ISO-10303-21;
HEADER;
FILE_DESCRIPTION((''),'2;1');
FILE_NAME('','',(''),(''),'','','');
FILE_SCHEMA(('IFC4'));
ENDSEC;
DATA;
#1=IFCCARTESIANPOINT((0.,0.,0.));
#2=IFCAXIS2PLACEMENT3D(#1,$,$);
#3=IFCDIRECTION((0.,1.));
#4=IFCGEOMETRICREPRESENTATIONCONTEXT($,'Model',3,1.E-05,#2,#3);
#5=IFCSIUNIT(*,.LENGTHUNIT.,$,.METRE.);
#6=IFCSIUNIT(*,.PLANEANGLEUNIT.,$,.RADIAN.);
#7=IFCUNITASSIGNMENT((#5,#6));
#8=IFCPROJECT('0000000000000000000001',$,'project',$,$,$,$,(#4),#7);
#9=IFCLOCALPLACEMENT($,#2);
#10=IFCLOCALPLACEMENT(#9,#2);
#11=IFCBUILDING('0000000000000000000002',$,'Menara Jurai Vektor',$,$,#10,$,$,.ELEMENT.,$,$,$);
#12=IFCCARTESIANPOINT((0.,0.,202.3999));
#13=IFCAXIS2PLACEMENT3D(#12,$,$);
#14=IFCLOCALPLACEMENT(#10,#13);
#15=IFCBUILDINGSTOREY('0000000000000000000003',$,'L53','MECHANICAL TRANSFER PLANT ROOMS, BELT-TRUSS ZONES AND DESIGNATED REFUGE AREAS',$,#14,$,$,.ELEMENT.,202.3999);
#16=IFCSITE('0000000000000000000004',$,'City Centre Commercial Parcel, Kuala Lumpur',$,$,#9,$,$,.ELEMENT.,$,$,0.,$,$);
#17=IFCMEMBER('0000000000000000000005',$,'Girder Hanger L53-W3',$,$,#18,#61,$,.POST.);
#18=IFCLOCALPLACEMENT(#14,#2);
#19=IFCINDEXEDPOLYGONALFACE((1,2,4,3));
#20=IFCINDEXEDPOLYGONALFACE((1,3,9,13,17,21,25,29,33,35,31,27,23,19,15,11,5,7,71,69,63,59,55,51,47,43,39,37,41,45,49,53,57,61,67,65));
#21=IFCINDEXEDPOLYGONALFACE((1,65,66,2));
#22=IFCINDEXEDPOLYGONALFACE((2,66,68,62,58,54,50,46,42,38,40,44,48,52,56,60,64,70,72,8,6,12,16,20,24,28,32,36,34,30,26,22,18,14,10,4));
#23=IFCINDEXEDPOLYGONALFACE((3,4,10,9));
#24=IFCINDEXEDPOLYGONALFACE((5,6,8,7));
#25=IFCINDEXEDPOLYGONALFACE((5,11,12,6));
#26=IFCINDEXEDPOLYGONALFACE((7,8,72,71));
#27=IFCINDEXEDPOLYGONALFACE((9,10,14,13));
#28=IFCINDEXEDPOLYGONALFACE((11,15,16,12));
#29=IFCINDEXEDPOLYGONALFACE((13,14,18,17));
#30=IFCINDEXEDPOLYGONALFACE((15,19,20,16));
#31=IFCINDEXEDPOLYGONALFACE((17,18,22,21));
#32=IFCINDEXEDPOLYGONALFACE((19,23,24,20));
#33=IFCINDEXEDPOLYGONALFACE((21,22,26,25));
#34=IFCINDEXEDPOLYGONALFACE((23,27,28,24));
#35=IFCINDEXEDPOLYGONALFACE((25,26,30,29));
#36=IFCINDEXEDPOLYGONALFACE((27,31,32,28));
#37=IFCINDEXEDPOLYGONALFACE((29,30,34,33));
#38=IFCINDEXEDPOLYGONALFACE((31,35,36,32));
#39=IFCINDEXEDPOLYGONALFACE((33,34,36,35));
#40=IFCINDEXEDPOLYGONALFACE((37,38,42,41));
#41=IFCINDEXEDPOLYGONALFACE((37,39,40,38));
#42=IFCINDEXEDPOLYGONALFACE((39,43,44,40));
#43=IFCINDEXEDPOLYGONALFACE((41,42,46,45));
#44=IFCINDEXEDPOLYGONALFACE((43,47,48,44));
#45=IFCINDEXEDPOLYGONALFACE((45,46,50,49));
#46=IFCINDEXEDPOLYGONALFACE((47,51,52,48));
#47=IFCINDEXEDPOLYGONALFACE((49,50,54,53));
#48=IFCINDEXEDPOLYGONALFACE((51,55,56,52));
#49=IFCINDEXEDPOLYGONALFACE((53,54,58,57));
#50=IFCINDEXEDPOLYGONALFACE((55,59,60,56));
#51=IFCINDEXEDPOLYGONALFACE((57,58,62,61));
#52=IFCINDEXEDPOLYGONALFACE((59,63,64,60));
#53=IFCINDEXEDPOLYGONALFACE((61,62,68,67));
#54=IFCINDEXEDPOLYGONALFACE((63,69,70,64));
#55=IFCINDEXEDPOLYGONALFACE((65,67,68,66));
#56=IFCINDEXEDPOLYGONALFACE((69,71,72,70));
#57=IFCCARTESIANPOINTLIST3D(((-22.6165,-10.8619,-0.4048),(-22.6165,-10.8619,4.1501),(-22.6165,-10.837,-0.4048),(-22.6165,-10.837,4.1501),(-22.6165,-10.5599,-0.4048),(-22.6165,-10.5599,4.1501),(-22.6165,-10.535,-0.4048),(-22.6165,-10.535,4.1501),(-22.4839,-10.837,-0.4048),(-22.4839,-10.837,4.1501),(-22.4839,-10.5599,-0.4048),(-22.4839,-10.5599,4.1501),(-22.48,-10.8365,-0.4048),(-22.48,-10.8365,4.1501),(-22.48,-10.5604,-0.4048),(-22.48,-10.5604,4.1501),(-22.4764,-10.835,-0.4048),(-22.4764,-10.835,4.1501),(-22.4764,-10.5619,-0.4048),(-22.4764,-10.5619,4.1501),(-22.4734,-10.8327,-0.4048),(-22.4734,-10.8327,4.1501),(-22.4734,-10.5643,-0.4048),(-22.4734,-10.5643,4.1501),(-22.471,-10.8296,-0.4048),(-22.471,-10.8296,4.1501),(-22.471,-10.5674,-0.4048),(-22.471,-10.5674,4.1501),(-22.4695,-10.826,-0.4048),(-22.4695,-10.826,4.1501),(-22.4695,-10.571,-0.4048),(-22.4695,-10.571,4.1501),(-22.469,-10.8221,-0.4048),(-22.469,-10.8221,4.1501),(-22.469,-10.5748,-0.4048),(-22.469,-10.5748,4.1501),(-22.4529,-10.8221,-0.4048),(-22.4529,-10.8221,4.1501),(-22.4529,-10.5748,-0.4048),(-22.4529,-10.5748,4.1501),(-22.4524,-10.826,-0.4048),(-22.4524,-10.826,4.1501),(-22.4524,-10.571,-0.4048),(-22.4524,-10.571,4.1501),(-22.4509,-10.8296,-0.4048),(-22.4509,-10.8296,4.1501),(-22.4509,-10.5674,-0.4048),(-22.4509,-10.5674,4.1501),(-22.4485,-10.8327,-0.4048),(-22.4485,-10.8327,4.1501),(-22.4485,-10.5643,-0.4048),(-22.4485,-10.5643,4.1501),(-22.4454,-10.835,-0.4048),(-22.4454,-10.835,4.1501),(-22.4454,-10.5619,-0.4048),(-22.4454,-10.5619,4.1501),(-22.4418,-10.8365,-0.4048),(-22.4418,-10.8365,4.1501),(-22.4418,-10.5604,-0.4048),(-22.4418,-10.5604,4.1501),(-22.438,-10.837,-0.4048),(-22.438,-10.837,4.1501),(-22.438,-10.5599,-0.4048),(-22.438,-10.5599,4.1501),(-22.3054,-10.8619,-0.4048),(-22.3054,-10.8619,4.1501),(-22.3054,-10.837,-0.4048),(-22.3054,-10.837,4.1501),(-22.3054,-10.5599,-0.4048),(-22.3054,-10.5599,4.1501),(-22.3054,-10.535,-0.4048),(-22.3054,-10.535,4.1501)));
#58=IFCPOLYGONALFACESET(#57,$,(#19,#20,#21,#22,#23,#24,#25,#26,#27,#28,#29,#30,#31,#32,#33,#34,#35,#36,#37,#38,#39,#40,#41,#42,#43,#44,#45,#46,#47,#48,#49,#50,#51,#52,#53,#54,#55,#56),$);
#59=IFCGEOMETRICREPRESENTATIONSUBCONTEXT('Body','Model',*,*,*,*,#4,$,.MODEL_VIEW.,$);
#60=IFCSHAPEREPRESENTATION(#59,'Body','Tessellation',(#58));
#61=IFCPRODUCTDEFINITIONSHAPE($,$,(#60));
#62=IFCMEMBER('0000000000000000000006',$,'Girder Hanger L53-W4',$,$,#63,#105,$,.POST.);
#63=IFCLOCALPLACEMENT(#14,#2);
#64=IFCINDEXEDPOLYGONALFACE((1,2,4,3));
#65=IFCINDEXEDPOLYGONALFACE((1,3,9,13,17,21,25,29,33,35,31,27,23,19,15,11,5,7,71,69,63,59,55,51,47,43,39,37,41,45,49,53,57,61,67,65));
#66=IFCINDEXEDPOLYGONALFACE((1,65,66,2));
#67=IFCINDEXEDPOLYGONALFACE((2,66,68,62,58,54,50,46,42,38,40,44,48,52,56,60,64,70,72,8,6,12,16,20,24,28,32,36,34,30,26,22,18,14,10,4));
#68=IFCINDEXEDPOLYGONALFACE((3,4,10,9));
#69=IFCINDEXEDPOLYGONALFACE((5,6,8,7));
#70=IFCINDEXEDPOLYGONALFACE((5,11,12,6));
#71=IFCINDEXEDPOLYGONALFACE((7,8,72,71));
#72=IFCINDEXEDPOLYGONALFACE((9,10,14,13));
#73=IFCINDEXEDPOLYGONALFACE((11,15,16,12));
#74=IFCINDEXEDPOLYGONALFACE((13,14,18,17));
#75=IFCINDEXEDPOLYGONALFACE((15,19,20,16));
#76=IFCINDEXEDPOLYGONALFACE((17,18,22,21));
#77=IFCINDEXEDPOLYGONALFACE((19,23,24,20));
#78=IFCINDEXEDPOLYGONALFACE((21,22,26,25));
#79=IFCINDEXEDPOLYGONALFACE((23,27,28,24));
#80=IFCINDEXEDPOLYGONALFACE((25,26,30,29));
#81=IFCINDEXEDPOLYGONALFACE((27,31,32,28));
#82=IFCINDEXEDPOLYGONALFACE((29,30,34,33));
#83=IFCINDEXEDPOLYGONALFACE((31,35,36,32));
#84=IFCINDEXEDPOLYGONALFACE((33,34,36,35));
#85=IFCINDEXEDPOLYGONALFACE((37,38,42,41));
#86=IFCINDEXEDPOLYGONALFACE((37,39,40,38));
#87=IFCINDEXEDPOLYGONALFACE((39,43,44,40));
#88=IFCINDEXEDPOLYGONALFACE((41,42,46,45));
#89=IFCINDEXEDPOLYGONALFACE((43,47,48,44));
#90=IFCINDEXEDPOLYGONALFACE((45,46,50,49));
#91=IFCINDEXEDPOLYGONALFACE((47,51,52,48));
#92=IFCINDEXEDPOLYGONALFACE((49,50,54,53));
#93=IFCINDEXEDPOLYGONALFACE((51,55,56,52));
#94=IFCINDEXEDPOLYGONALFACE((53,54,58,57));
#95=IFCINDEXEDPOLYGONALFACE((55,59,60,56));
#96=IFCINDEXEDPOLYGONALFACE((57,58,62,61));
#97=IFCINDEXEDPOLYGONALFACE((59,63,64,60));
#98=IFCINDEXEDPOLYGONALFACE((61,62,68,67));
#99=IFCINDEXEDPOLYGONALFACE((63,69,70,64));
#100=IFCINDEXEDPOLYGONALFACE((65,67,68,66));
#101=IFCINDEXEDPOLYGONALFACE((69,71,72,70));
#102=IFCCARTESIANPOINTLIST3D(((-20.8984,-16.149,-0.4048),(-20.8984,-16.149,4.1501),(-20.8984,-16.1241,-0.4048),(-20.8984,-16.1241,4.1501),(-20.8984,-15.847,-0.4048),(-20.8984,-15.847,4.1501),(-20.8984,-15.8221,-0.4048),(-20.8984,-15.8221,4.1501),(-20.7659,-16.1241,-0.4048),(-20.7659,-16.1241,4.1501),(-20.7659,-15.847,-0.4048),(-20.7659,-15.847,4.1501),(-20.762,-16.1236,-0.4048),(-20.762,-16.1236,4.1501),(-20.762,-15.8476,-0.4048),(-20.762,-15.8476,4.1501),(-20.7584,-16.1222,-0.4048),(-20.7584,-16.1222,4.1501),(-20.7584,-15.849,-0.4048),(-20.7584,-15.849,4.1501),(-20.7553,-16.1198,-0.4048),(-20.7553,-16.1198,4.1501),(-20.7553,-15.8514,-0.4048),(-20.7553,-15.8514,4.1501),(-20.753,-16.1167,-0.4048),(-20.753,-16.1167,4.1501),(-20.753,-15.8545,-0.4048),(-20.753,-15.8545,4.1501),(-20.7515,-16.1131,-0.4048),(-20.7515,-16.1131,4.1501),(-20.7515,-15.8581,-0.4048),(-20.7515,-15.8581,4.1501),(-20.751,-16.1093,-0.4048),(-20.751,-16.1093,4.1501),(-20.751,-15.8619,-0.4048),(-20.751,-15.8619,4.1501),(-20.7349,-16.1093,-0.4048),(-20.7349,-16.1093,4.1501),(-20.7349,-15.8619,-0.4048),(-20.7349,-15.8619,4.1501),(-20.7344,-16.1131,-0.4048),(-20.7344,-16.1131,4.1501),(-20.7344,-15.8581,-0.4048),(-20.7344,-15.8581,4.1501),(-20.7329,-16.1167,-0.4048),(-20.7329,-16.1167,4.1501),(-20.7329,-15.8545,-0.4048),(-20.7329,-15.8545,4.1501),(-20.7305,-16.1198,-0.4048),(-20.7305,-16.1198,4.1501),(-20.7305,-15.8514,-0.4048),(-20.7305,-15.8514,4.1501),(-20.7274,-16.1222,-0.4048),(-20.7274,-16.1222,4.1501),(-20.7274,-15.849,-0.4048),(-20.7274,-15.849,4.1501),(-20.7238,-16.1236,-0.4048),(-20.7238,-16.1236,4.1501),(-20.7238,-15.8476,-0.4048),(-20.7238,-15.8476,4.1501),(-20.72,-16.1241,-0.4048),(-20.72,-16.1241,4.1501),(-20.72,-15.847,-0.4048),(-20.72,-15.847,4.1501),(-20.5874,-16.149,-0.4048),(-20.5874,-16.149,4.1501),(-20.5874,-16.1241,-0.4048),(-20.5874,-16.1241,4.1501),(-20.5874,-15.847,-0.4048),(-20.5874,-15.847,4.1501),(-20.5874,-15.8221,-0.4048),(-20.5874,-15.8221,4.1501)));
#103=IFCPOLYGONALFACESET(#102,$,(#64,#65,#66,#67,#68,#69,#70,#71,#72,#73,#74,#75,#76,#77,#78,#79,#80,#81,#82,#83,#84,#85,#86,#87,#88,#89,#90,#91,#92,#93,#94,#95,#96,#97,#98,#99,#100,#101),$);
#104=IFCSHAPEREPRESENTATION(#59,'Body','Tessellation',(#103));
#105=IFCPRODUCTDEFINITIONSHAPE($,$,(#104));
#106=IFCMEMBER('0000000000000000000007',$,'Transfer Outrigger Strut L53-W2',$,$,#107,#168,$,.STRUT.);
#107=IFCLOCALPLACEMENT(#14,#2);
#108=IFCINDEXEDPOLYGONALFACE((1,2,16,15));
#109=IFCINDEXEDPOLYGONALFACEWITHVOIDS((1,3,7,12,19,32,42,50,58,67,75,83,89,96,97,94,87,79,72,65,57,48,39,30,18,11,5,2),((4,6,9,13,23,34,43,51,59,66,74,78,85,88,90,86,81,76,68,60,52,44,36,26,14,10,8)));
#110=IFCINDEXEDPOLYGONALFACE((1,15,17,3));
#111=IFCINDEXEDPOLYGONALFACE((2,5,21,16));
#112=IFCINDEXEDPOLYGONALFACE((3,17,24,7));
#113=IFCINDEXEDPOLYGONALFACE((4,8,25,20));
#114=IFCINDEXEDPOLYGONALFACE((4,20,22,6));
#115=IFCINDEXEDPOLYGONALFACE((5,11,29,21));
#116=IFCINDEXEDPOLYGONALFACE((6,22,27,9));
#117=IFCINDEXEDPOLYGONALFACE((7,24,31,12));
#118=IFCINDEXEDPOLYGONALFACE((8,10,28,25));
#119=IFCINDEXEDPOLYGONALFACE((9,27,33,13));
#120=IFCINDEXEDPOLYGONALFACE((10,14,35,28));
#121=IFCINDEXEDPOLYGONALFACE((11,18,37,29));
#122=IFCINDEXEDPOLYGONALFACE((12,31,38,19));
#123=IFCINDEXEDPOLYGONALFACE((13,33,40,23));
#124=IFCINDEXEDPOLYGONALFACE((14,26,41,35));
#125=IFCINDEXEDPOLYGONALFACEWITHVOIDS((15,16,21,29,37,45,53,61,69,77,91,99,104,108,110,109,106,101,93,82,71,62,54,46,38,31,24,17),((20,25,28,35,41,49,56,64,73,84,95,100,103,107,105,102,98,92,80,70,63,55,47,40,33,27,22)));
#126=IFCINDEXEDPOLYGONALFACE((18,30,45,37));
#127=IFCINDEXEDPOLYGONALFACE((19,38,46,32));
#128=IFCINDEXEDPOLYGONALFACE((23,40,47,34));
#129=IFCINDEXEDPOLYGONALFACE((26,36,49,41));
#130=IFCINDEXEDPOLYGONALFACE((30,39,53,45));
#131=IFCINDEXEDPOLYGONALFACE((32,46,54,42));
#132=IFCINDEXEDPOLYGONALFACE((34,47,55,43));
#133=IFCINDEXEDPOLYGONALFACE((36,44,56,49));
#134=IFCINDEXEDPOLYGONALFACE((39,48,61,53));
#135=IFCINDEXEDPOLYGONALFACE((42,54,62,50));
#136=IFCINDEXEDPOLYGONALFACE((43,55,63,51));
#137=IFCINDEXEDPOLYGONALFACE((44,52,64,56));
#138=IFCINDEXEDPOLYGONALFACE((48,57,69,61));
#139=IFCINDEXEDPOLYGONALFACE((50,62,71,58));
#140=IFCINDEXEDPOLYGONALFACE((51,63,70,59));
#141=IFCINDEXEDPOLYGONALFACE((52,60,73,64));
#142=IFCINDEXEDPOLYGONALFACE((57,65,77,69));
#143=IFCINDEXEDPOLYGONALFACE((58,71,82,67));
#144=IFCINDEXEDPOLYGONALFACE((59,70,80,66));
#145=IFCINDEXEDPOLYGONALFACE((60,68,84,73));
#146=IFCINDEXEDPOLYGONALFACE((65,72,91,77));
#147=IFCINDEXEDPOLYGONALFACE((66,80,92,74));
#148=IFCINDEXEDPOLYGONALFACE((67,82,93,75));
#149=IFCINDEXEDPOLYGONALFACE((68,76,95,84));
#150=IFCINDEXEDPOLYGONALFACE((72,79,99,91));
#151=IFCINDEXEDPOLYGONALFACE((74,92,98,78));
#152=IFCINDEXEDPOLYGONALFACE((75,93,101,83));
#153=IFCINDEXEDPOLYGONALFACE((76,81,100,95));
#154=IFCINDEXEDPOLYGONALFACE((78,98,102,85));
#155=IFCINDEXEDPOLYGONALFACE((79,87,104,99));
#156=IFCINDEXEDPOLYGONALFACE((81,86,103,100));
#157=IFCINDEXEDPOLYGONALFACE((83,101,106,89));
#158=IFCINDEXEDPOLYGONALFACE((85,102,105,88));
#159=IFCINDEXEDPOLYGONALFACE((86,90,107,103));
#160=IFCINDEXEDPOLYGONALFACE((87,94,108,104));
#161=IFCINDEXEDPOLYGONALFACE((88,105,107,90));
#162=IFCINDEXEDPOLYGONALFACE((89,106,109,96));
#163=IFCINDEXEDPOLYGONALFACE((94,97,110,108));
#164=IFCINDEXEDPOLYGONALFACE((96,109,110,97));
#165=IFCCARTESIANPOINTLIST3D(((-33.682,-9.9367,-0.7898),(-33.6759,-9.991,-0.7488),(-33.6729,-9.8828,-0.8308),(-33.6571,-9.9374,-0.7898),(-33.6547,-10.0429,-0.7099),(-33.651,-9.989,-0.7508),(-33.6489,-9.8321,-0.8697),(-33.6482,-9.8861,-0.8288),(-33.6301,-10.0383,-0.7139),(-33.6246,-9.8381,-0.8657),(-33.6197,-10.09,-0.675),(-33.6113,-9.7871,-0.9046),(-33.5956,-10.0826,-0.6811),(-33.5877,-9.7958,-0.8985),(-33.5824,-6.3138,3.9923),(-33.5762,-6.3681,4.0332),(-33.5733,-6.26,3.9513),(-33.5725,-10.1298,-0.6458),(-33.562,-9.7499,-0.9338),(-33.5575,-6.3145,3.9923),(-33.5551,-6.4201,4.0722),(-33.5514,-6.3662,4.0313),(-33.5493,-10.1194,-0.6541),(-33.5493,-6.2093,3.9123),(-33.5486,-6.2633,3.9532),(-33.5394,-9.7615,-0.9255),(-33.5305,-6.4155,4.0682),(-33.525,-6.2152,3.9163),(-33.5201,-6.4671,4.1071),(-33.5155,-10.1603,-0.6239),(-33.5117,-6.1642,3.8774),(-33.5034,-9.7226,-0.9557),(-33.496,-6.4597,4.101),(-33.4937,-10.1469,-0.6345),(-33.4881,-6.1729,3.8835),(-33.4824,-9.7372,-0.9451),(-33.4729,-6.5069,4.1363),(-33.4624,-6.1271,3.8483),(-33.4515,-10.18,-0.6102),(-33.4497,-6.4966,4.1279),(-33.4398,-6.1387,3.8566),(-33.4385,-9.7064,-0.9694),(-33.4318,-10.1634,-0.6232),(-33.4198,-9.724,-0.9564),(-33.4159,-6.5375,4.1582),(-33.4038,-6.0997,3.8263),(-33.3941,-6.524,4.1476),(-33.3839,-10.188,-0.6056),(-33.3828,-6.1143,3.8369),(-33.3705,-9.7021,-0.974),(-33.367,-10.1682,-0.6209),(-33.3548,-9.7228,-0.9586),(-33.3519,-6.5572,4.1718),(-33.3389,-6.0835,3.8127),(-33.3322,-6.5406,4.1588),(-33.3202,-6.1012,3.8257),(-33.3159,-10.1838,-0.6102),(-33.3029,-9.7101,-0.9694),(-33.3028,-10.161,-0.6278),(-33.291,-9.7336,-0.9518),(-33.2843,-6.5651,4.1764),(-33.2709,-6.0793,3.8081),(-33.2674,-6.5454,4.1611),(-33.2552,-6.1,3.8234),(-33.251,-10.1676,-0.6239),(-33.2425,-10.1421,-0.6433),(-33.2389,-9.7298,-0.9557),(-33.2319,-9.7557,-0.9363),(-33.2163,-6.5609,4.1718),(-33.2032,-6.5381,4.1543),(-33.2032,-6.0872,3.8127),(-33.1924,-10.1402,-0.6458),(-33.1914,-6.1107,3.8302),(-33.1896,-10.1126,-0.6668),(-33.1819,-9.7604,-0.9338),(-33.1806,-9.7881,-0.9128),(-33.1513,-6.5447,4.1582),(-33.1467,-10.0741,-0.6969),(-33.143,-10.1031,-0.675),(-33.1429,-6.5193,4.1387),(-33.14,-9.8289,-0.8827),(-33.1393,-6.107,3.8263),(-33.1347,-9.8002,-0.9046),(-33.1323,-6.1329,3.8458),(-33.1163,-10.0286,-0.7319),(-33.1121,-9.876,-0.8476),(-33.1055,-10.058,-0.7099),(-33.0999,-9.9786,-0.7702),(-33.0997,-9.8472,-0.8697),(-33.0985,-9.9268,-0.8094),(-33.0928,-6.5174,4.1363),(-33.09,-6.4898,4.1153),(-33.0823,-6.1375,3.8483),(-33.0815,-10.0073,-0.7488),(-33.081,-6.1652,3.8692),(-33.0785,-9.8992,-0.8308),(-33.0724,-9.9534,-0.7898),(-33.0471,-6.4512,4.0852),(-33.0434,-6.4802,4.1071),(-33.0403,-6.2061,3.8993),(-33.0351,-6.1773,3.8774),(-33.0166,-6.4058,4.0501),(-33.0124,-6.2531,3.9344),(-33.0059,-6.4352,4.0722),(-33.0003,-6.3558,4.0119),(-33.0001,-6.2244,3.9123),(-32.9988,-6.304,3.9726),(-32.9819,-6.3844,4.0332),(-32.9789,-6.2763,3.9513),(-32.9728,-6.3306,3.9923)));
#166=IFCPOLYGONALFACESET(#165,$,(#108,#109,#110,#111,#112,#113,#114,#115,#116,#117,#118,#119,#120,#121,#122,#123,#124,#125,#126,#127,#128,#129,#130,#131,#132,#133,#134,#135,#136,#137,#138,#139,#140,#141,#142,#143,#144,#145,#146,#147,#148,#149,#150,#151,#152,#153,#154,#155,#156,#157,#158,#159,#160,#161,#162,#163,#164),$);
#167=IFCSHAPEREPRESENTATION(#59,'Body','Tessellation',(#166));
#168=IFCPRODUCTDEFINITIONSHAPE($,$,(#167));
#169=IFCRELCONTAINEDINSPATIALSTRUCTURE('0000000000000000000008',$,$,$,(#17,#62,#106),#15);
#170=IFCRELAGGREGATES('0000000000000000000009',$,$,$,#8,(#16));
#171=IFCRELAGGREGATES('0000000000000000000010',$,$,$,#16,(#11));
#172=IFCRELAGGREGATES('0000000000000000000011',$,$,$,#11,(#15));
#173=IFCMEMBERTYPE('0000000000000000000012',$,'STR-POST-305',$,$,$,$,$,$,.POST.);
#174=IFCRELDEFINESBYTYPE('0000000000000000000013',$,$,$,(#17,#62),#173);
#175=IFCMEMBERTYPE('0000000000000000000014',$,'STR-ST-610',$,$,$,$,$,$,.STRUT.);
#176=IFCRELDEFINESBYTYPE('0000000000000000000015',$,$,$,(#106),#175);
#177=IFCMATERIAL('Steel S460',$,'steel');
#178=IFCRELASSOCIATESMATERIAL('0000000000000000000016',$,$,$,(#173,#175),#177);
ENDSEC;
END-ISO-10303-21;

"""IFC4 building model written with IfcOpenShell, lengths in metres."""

from ifc_helpers import new_model, si_unit, direction, frame, origin, origin_2d, place, context, subcontext, project, spatial, hollow_circle, i_section, extrude, material, material_profile, profile_set, type_object, element, save


model = new_model("IFC4")

# Units and contexts
model_context = context("Model", 3, precision=1e-05, world=origin(), true_north=direction((0.0, 1.0)))
body_context = subcontext(model_context, "Body", "Model", "MODEL_VIEW")
ifc_project = project(units=[si_unit("LENGTHUNIT", "METRE"), si_unit("PLANEANGLEUNIT", "RADIAN")], contexts=[model_context])

# Site, building, storey
site_placement = place(None, origin())
site = spatial("IfcSite", under=ifc_project, at=site_placement, Name="City Centre Commercial Parcel, Kuala Lumpur", CompositionType="ELEMENT", RefElevation=0.0)
building_placement = place(site_placement, origin())
building = spatial("IfcBuilding", under=site, at=building_placement, Name="Menara Jurai Vektor", CompositionType="ELEMENT")
storey_placement = place(building_placement, frame((0.0, 0.0, 202.3999)))
storey = spatial("IfcBuildingStorey", under=building, at=storey_placement, Name="L53", Description="MECHANICAL TRANSFER PLANT ROOMS, BELT-TRUSS ZONES AND DESIGNATED REFUGE AREAS", CompositionType="ELEMENT", Elevation=202.3999)

# Shared definitions
ifc_material_1 = material(Name="Steel S460", Category="steel")

# Members
ifc_material_profile_1 = material_profile(ifc_material_1, i_section(OverallWidth=0.311, OverallDepth=0.3269, WebThickness=0.0161, FlangeThickness=0.0249, FilletRadius=0.0149, at=origin_2d()), Name="UKC 305x305x158")
ifc_profile_set_1 = profile_set([ifc_material_profile_1], Name="Steel S460")
member_type_1 = type_object("IfcMemberType", Name="STR-POST-305", PredefinedType="POST", material=ifc_profile_set_1)
for number, where, z_axis, x_axis, name in (
    (1, (-22.4609, -10.6985, -0.4048), (0.0, 0.0, 1.0), (1.0, 0.0, 0.0), "Girder Hanger L53-W3"),
    (2, (-20.7429, -15.9856, -0.4048), (0.0, 0.0, 1.0), (1.0, 0.0, 0.0), "Girder Hanger L53-W4"),
):
    element("IfcMember", number, at=place(storey_placement, frame(where, z_axis=z_axis, x_axis=x_axis)), inside=storey, type_object=member_type_1, Name=name, PredefinedType="POST", context=body_context, shape_type="SweptSolid", body=[
        extrude(i_section(OverallWidth=0.311, OverallDepth=0.3269, WebThickness=0.0161, FlangeThickness=0.0249, FilletRadius=0.0149, at=origin_2d()), origin(), (0.0, 0.0, 1.0), 4.5549),
    ])
ifc_material_profile_2 = material_profile(ifc_material_1, hollow_circle(Radius=0.3049, WallThickness=0.0249, at=origin_2d()), Name="CHS 610x25")
ifc_profile_set_2 = profile_set([ifc_material_profile_2], Name="Steel S460")
member_type_2 = type_object("IfcMemberType", Name="STR-ST-610", PredefinedType="STRUT", material=ifc_profile_set_2)
member_1_placement = place(storey_placement, frame((-33.3772, -9.9451, -0.7898), z_axis=(0.016601, 0.603784, 0.796975), x_axis=(-0.999622, 0.027485, 0.0)))
element("IfcMember", 3, at=member_1_placement, inside=storey, type_object=member_type_2, Name="Transfer Outrigger Strut L53-W2", PredefinedType="STRUT", context=body_context, shape_type="SweptSolid", body=[
    extrude(hollow_circle(Radius=0.3049, WallThickness=0.0249, at=origin_2d()), origin(), (0.0, 0.0, 1.0), 6.0002),
])

save(model, "model.ifc")
